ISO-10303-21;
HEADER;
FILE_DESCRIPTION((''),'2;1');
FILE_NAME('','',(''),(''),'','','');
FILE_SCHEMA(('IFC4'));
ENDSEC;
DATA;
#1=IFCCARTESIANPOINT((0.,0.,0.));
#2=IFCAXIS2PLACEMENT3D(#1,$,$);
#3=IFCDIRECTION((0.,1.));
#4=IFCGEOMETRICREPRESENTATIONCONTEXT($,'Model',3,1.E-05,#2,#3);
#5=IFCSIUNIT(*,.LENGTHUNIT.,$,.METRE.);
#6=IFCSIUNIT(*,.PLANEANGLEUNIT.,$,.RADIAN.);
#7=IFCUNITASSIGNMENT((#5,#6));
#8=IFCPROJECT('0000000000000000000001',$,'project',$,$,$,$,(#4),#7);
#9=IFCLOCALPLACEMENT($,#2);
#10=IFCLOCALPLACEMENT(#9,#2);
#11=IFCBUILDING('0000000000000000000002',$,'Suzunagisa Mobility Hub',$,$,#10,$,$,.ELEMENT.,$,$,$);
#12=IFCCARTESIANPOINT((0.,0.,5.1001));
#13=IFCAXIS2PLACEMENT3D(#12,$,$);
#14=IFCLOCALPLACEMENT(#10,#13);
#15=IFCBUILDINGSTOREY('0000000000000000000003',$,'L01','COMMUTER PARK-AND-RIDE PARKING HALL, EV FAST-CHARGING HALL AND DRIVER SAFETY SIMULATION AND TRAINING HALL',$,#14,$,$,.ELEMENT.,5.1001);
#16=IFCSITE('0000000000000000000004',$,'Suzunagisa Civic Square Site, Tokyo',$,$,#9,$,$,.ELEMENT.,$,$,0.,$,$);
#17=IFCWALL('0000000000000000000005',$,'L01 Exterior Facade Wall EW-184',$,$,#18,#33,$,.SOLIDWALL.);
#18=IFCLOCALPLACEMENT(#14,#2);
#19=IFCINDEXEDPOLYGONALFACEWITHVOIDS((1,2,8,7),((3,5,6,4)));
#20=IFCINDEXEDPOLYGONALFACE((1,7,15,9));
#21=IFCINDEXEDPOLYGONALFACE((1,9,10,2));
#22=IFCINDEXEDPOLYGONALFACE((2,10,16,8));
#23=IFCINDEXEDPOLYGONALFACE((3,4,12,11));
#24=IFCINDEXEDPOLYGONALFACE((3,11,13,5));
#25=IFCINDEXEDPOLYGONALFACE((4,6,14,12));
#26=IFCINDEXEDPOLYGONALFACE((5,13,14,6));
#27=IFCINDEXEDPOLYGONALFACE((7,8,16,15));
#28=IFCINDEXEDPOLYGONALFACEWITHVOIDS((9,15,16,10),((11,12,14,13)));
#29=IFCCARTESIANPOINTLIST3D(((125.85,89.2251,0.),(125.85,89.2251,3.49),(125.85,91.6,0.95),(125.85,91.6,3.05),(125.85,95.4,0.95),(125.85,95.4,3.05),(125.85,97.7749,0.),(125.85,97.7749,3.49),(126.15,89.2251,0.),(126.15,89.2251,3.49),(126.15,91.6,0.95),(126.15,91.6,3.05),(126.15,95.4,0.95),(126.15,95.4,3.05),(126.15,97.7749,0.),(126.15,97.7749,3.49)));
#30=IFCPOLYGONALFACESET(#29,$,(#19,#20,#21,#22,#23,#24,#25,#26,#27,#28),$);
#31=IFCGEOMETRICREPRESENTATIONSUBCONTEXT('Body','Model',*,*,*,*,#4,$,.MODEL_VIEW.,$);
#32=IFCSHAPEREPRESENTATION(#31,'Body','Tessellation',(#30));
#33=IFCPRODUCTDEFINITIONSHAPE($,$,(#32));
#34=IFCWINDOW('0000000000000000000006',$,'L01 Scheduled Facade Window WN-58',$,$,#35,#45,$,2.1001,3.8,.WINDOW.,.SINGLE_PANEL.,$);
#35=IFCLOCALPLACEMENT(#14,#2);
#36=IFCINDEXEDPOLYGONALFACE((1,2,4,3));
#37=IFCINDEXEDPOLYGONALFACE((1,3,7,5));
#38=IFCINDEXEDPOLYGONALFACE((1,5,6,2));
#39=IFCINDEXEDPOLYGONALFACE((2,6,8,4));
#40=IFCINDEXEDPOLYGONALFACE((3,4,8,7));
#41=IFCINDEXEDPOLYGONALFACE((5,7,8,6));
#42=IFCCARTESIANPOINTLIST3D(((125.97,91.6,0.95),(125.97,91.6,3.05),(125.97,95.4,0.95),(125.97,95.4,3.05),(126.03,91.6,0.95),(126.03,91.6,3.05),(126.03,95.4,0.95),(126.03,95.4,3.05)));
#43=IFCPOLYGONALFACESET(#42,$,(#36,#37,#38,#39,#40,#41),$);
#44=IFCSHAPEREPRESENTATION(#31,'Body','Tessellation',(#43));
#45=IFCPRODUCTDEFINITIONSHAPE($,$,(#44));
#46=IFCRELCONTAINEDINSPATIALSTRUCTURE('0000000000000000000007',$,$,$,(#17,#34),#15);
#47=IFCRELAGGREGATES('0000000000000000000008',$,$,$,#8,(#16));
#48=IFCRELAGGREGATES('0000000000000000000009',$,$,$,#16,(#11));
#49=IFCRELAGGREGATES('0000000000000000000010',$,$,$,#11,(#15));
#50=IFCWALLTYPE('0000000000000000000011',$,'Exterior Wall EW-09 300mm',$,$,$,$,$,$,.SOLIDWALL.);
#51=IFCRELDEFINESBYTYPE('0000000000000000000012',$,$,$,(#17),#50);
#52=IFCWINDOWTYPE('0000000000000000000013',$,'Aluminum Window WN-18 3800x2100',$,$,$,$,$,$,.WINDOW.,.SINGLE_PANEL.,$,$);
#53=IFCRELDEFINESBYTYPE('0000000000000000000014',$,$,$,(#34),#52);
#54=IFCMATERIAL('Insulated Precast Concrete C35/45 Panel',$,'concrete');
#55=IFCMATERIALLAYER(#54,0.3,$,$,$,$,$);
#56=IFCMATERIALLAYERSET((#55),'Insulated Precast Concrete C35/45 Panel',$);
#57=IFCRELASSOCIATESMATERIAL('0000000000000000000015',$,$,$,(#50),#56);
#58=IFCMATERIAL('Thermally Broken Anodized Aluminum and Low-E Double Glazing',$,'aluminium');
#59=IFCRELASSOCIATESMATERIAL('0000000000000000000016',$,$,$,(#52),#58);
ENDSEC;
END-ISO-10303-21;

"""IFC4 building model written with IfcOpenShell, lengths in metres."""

from ifc_helpers import new_model, si_unit, direction, frame, frame_2d, origin, place, context, subcontext, project, spatial, rectangle, extrude, material, layer, layer_set, type_object, element, fill, save


model = new_model("IFC4")

# Units and contexts
model_context = context("Model", 3, precision=1e-05, world=origin(), true_north=direction((0.0, 1.0)))
body_context = subcontext(model_context, "Body", "Model", "MODEL_VIEW")
ifc_project = project(units=[si_unit("LENGTHUNIT", "METRE"), si_unit("PLANEANGLEUNIT", "RADIAN")], contexts=[model_context])

# Site, building, storey
site_placement = place(None, origin())
site = spatial("IfcSite", under=ifc_project, at=site_placement, Name="Suzunagisa Civic Square Site, Tokyo", CompositionType="ELEMENT", RefElevation=0.0)
building_placement = place(site_placement, origin())
building = spatial("IfcBuilding", under=site, at=building_placement, Name="Suzunagisa Mobility Hub", CompositionType="ELEMENT")
storey_placement = place(building_placement, frame((0.0, 0.0, 5.1001)))
storey = spatial("IfcBuildingStorey", under=building, at=storey_placement, Name="L01", Description="COMMUTER PARK-AND-RIDE PARKING HALL, EV FAST-CHARGING HALL AND DRIVER SAFETY SIMULATION AND TRAINING HALL", CompositionType="ELEMENT", Elevation=5.1001)

# Wall, opening, window
ifc_material_1 = material(Name="Insulated Precast Concrete C35/45 Panel", Category="concrete")
ifc_layer_1 = layer(ifc_material_1, 0.3)
ifc_layer_set_1 = layer_set([ifc_layer_1], Name="Insulated Precast Concrete C35/45 Panel")
wall_type = type_object("IfcWallType", Name="Exterior Wall EW-09 300mm", PredefinedType="SOLIDWALL", material=ifc_layer_set_1)
wall_placement = place(storey_placement, frame((126.0, 89.2251, 0.0), z_axis=(0.0, 0.0, 1.0), x_axis=(0.0, 1.0, 0.0)))
wall = element("IfcWall", 1, at=wall_placement, inside=storey, type_object=wall_type, Name="L01 Exterior Facade Wall EW-184", PredefinedType="SOLIDWALL", context=body_context, shape_type="SweptSolid", body=[
    extrude(rectangle(XDim=8.5498, YDim=0.3, at=frame_2d((4.2749, 0.0))), origin(), (0.0, 0.0, 1.0), 3.49),
])
opening_placement = place(wall_placement, frame((2.375, 0.0, 0.95)))
opening = element("IfcOpeningElement", 2, at=opening_placement, cuts=wall, PredefinedType="OPENING", context=body_context, shape_type="SweptSolid", body=[
    extrude(rectangle(XDim=3.8, YDim=2.1001, at=frame_2d((1.8999, 1.05))), frame((0.0, 0.1611, 0.0), z_axis=(0.0, -1.0, 0.0), x_axis=(1.0, 0.0, 0.0)), (0.0, 0.0, 1.0), 0.322),
])
ifc_material_2 = material(Name="Thermally Broken Anodized Aluminum and Low-E Double Glazing", Category="aluminium")
window_type = type_object("IfcWindowType", Name="Aluminum Window WN-18 3800x2100", PartitioningType="SINGLE_PANEL", PredefinedType="WINDOW", material=ifc_material_2)
window_placement = place(opening_placement, origin())
window = element("IfcWindow", 3, at=window_placement, inside=storey, type_object=window_type, Name="L01 Scheduled Facade Window WN-58", OverallHeight=2.1001, OverallWidth=3.8, PartitioningType="SINGLE_PANEL", PredefinedType="WINDOW", context=body_context, shape_type="SweptSolid", body=[
    extrude(rectangle(XDim=3.8, YDim=2.1001, at=frame_2d((1.8999, 1.05))), frame((0.0, 0.03, 0.0), z_axis=(0.0, -1.0, 0.0), x_axis=(1.0, 0.0, 0.0)), (0.0, 0.0, 1.0), 0.0601),
])
fill(opening, window)

save(model, "model.ifc")
